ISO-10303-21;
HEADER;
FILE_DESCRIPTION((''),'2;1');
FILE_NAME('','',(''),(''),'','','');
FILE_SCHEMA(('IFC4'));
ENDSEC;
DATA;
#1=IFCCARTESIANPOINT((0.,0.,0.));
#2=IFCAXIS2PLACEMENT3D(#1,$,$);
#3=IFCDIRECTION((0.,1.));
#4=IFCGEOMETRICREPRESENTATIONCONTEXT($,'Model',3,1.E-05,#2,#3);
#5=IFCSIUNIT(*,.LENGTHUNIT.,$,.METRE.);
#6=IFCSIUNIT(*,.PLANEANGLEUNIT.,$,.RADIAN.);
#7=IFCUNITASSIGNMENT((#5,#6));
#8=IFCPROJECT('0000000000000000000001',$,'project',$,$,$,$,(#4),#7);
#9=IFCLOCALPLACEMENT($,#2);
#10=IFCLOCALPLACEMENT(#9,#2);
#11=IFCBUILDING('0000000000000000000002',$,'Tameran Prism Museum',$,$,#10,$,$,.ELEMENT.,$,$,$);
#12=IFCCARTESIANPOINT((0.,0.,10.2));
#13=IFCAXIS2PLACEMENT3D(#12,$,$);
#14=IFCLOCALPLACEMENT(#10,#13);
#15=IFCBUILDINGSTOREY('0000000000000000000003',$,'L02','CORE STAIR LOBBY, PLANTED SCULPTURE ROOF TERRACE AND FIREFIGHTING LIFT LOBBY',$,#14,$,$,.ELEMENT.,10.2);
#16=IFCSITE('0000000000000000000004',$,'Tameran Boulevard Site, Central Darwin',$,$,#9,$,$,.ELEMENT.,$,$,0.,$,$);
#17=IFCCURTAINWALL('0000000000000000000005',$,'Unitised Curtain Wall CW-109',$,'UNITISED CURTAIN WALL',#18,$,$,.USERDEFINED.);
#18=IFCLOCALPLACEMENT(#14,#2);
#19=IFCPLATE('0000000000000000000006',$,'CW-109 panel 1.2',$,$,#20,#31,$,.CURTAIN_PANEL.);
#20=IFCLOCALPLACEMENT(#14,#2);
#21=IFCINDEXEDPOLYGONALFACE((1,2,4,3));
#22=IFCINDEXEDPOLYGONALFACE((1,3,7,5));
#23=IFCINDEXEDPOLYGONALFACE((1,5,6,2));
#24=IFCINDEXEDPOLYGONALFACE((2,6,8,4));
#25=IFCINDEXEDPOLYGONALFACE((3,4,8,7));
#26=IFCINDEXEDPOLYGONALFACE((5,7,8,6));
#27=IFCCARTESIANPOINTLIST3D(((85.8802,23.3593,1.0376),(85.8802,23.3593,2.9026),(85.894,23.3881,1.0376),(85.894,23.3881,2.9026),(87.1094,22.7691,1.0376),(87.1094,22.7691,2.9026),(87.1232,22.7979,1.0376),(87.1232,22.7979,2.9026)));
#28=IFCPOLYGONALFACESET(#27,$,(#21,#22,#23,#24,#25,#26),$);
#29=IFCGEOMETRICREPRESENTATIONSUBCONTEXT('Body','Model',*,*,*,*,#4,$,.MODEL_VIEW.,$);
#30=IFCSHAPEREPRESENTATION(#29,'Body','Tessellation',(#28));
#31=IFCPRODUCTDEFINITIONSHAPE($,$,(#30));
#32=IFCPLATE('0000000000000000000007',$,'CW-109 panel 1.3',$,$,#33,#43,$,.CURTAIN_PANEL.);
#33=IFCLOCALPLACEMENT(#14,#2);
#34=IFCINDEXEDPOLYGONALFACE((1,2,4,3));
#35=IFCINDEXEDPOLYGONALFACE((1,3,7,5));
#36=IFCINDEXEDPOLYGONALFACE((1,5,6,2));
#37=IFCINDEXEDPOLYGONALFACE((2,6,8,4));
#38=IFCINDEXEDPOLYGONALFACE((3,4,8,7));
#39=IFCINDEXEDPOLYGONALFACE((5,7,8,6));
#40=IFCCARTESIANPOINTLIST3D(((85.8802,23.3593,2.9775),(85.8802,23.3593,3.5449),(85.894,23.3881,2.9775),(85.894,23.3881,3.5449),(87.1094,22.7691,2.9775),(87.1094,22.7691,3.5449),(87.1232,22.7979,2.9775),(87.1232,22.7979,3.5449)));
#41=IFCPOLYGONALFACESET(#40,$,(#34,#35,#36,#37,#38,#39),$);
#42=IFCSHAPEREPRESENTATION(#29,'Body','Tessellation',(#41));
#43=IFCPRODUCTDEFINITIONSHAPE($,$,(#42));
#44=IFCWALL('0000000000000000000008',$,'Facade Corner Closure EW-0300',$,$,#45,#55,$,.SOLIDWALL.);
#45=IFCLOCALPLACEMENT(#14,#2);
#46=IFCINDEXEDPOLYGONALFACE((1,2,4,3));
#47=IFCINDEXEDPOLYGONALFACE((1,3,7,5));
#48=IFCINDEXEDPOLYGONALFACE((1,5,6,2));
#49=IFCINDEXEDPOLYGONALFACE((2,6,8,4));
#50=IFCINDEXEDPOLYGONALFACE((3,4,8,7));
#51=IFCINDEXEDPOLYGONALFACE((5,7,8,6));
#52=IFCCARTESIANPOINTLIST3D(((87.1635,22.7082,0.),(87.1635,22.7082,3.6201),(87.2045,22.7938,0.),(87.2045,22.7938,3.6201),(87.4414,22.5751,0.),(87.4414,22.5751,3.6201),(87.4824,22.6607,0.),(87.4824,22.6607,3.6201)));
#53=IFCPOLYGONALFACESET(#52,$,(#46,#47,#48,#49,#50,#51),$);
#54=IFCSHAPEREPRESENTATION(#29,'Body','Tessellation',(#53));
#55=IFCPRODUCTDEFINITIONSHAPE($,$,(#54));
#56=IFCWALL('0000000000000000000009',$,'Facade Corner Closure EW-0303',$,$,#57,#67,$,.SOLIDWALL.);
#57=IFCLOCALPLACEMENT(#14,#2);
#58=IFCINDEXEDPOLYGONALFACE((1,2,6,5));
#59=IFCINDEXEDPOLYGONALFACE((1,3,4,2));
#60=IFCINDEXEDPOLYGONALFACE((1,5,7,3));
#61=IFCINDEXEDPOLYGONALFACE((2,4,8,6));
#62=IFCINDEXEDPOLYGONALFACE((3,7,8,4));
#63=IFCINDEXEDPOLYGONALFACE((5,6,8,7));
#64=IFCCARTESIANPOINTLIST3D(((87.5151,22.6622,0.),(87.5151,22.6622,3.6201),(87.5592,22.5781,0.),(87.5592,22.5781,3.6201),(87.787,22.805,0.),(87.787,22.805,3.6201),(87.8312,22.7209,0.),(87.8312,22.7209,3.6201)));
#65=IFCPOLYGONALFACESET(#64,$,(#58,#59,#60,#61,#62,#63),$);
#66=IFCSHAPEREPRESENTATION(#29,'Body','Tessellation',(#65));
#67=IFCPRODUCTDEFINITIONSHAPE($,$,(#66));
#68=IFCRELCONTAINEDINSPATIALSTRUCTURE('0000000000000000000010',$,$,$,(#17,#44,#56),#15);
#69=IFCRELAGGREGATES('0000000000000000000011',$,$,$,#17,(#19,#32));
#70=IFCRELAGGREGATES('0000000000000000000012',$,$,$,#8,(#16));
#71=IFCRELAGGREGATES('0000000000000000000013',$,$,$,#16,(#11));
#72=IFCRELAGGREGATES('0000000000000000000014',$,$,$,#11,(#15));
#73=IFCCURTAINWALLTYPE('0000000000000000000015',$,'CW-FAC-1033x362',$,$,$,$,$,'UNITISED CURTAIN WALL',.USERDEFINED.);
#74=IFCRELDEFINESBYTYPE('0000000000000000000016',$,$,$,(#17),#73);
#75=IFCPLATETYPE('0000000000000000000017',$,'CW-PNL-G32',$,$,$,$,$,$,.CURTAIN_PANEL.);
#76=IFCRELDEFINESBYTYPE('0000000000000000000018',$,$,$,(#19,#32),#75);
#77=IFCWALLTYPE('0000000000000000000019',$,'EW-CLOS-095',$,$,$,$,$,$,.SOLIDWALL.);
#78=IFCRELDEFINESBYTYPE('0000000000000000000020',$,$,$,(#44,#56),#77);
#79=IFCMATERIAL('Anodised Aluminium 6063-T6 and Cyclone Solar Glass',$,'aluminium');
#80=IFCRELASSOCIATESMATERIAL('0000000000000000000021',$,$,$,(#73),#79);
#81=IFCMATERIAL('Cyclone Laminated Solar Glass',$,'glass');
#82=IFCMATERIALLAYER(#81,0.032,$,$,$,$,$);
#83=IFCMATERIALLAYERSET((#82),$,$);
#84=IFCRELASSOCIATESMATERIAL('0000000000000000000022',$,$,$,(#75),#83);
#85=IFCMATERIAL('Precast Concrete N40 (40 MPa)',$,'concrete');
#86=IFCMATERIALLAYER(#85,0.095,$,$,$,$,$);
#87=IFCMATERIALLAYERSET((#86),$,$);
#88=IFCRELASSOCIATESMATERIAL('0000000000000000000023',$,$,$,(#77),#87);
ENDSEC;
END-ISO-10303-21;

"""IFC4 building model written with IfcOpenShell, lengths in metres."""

from ifc_helpers import new_model, si_unit, direction, frame, frame_2d, origin, origin_2d, place, context, subcontext, project, spatial, rectangle, extrude, material, layer, layer_set, type_object, element, aggregate, save


model = new_model("IFC4")

# Units and contexts
model_context = context("Model", 3, precision=1e-05, world=origin(), true_north=direction((0.0, 1.0)))
body_context = subcontext(model_context, "Body", "Model", "MODEL_VIEW")
ifc_project = project(units=[si_unit("LENGTHUNIT", "METRE"), si_unit("PLANEANGLEUNIT", "RADIAN")], contexts=[model_context])

# Site, building, storey
site_placement = place(None, origin())
site = spatial("IfcSite", under=ifc_project, at=site_placement, Name="Tameran Boulevard Site, Central Darwin", CompositionType="ELEMENT", RefElevation=0.0)
building_placement = place(site_placement, origin())
building = spatial("IfcBuilding", under=site, at=building_placement, Name="Tameran Prism Museum", CompositionType="ELEMENT")
storey_placement = place(building_placement, frame((0.0, 0.0, 10.2)))
storey = spatial("IfcBuildingStorey", under=building, at=storey_placement, Name="L02", Description="CORE STAIR LOBBY, PLANTED SCULPTURE ROOF TERRACE AND FIREFIGHTING LIFT LOBBY", CompositionType="ELEMENT", Elevation=10.2)

# Curtain wall
ifc_material_1 = material(Name="Anodised Aluminium 6063-T6 and Cyclone Solar Glass", Category="aluminium")
curtain_wall_type_1 = type_object("IfcCurtainWallType", Name="CW-FAC-1033x362", ElementType="UNITISED CURTAIN WALL", PredefinedType="USERDEFINED", material=ifc_material_1)
curtain_wall_1_placement = place(storey_placement, origin())
curtain_wall_1 = element("IfcCurtainWall", 1, at=curtain_wall_1_placement, inside=storey, type_object=curtain_wall_type_1, Name="Unitised Curtain Wall CW-109", ObjectType="UNITISED CURTAIN WALL", PredefinedType="USERDEFINED")

# Plates
ifc_material_2 = material(Name="Cyclone Laminated Solar Glass", Category="glass")
ifc_layer_1 = layer(ifc_material_2, 0.032)
ifc_layer_set_1 = layer_set([ifc_layer_1])
plate_type_1 = type_object("IfcPlateType", Name="CW-PNL-G32", PredefinedType="CURTAIN_PANEL", material=ifc_layer_set_1)
plate_1_placement = place(storey_placement, frame((86.5017, 23.0786, 1.0376), z_axis=(0.0, 0.0, 1.0), x_axis=(-0.901475, 0.432832, 0.0)))
plate_1 = element("IfcPlate", 2, at=plate_1_placement, type_object=plate_type_1, Name="CW-109 panel 1.2", PredefinedType="CURTAIN_PANEL", context=body_context, shape_type="SweptSolid", body=[
    extrude(rectangle(XDim=1.3635, YDim=0.032, at=origin_2d()), origin(), (0.0, 0.0, 1.0), 1.865),
])
plate_2_placement = place(storey_placement, frame((86.5017, 23.0786, 2.9775), z_axis=(0.0, 0.0, 1.0), x_axis=(-0.901475, 0.432832, 0.0)))
plate_2 = element("IfcPlate", 3, at=plate_2_placement, type_object=plate_type_1, Name="CW-109 panel 1.3", PredefinedType="CURTAIN_PANEL", context=body_context, shape_type="SweptSolid", body=[
    extrude(rectangle(XDim=1.3635, YDim=0.032, at=origin_2d()), origin(), (0.0, 0.0, 1.0), 0.5674),
])
aggregate(curtain_wall_1, [plate_1, plate_2])

# Walls
ifc_material_3 = material(Name="Precast Concrete N40 (40 MPa)", Category="concrete")
ifc_layer_2 = layer(ifc_material_3, 0.095)
ifc_layer_set_2 = layer_set([ifc_layer_2])
wall_type = type_object("IfcWallType", Name="EW-CLOS-095", PredefinedType="SOLIDWALL", material=ifc_layer_set_2)
wall_1_placement = place(storey_placement, frame((87.4619, 22.6179, 0.0), z_axis=(0.0, 0.0, 1.0), x_axis=(-0.901906, 0.431932, 0.0)))
element("IfcWall", 4, at=wall_1_placement, inside=storey, type_object=wall_type, Name="Facade Corner Closure EW-0300", PredefinedType="SOLIDWALL", context=body_context, shape_type="SweptSolid", body=[
    extrude(rectangle(XDim=0.3081, YDim=0.095, at=frame_2d((0.1541, 0.0))), origin(), (0.0, 0.0, 1.0), 3.6201),
])
wall_2_placement = place(storey_placement, frame((87.8091, 22.7629, 0.0), z_axis=(0.0, 0.0, 1.0), x_axis=(-0.885349, -0.464927, 0.0)))
element("IfcWall", 5, at=wall_2_placement, inside=storey, type_object=wall_type, Name="Facade Corner Closure EW-0303", PredefinedType="SOLIDWALL", context=body_context, shape_type="SweptSolid", body=[
    extrude(rectangle(XDim=0.3071, YDim=0.095, at=frame_2d((0.1536, 0.0))), origin(), (0.0, 0.0, 1.0), 3.6201),
])

save(model, "model.ifc")
